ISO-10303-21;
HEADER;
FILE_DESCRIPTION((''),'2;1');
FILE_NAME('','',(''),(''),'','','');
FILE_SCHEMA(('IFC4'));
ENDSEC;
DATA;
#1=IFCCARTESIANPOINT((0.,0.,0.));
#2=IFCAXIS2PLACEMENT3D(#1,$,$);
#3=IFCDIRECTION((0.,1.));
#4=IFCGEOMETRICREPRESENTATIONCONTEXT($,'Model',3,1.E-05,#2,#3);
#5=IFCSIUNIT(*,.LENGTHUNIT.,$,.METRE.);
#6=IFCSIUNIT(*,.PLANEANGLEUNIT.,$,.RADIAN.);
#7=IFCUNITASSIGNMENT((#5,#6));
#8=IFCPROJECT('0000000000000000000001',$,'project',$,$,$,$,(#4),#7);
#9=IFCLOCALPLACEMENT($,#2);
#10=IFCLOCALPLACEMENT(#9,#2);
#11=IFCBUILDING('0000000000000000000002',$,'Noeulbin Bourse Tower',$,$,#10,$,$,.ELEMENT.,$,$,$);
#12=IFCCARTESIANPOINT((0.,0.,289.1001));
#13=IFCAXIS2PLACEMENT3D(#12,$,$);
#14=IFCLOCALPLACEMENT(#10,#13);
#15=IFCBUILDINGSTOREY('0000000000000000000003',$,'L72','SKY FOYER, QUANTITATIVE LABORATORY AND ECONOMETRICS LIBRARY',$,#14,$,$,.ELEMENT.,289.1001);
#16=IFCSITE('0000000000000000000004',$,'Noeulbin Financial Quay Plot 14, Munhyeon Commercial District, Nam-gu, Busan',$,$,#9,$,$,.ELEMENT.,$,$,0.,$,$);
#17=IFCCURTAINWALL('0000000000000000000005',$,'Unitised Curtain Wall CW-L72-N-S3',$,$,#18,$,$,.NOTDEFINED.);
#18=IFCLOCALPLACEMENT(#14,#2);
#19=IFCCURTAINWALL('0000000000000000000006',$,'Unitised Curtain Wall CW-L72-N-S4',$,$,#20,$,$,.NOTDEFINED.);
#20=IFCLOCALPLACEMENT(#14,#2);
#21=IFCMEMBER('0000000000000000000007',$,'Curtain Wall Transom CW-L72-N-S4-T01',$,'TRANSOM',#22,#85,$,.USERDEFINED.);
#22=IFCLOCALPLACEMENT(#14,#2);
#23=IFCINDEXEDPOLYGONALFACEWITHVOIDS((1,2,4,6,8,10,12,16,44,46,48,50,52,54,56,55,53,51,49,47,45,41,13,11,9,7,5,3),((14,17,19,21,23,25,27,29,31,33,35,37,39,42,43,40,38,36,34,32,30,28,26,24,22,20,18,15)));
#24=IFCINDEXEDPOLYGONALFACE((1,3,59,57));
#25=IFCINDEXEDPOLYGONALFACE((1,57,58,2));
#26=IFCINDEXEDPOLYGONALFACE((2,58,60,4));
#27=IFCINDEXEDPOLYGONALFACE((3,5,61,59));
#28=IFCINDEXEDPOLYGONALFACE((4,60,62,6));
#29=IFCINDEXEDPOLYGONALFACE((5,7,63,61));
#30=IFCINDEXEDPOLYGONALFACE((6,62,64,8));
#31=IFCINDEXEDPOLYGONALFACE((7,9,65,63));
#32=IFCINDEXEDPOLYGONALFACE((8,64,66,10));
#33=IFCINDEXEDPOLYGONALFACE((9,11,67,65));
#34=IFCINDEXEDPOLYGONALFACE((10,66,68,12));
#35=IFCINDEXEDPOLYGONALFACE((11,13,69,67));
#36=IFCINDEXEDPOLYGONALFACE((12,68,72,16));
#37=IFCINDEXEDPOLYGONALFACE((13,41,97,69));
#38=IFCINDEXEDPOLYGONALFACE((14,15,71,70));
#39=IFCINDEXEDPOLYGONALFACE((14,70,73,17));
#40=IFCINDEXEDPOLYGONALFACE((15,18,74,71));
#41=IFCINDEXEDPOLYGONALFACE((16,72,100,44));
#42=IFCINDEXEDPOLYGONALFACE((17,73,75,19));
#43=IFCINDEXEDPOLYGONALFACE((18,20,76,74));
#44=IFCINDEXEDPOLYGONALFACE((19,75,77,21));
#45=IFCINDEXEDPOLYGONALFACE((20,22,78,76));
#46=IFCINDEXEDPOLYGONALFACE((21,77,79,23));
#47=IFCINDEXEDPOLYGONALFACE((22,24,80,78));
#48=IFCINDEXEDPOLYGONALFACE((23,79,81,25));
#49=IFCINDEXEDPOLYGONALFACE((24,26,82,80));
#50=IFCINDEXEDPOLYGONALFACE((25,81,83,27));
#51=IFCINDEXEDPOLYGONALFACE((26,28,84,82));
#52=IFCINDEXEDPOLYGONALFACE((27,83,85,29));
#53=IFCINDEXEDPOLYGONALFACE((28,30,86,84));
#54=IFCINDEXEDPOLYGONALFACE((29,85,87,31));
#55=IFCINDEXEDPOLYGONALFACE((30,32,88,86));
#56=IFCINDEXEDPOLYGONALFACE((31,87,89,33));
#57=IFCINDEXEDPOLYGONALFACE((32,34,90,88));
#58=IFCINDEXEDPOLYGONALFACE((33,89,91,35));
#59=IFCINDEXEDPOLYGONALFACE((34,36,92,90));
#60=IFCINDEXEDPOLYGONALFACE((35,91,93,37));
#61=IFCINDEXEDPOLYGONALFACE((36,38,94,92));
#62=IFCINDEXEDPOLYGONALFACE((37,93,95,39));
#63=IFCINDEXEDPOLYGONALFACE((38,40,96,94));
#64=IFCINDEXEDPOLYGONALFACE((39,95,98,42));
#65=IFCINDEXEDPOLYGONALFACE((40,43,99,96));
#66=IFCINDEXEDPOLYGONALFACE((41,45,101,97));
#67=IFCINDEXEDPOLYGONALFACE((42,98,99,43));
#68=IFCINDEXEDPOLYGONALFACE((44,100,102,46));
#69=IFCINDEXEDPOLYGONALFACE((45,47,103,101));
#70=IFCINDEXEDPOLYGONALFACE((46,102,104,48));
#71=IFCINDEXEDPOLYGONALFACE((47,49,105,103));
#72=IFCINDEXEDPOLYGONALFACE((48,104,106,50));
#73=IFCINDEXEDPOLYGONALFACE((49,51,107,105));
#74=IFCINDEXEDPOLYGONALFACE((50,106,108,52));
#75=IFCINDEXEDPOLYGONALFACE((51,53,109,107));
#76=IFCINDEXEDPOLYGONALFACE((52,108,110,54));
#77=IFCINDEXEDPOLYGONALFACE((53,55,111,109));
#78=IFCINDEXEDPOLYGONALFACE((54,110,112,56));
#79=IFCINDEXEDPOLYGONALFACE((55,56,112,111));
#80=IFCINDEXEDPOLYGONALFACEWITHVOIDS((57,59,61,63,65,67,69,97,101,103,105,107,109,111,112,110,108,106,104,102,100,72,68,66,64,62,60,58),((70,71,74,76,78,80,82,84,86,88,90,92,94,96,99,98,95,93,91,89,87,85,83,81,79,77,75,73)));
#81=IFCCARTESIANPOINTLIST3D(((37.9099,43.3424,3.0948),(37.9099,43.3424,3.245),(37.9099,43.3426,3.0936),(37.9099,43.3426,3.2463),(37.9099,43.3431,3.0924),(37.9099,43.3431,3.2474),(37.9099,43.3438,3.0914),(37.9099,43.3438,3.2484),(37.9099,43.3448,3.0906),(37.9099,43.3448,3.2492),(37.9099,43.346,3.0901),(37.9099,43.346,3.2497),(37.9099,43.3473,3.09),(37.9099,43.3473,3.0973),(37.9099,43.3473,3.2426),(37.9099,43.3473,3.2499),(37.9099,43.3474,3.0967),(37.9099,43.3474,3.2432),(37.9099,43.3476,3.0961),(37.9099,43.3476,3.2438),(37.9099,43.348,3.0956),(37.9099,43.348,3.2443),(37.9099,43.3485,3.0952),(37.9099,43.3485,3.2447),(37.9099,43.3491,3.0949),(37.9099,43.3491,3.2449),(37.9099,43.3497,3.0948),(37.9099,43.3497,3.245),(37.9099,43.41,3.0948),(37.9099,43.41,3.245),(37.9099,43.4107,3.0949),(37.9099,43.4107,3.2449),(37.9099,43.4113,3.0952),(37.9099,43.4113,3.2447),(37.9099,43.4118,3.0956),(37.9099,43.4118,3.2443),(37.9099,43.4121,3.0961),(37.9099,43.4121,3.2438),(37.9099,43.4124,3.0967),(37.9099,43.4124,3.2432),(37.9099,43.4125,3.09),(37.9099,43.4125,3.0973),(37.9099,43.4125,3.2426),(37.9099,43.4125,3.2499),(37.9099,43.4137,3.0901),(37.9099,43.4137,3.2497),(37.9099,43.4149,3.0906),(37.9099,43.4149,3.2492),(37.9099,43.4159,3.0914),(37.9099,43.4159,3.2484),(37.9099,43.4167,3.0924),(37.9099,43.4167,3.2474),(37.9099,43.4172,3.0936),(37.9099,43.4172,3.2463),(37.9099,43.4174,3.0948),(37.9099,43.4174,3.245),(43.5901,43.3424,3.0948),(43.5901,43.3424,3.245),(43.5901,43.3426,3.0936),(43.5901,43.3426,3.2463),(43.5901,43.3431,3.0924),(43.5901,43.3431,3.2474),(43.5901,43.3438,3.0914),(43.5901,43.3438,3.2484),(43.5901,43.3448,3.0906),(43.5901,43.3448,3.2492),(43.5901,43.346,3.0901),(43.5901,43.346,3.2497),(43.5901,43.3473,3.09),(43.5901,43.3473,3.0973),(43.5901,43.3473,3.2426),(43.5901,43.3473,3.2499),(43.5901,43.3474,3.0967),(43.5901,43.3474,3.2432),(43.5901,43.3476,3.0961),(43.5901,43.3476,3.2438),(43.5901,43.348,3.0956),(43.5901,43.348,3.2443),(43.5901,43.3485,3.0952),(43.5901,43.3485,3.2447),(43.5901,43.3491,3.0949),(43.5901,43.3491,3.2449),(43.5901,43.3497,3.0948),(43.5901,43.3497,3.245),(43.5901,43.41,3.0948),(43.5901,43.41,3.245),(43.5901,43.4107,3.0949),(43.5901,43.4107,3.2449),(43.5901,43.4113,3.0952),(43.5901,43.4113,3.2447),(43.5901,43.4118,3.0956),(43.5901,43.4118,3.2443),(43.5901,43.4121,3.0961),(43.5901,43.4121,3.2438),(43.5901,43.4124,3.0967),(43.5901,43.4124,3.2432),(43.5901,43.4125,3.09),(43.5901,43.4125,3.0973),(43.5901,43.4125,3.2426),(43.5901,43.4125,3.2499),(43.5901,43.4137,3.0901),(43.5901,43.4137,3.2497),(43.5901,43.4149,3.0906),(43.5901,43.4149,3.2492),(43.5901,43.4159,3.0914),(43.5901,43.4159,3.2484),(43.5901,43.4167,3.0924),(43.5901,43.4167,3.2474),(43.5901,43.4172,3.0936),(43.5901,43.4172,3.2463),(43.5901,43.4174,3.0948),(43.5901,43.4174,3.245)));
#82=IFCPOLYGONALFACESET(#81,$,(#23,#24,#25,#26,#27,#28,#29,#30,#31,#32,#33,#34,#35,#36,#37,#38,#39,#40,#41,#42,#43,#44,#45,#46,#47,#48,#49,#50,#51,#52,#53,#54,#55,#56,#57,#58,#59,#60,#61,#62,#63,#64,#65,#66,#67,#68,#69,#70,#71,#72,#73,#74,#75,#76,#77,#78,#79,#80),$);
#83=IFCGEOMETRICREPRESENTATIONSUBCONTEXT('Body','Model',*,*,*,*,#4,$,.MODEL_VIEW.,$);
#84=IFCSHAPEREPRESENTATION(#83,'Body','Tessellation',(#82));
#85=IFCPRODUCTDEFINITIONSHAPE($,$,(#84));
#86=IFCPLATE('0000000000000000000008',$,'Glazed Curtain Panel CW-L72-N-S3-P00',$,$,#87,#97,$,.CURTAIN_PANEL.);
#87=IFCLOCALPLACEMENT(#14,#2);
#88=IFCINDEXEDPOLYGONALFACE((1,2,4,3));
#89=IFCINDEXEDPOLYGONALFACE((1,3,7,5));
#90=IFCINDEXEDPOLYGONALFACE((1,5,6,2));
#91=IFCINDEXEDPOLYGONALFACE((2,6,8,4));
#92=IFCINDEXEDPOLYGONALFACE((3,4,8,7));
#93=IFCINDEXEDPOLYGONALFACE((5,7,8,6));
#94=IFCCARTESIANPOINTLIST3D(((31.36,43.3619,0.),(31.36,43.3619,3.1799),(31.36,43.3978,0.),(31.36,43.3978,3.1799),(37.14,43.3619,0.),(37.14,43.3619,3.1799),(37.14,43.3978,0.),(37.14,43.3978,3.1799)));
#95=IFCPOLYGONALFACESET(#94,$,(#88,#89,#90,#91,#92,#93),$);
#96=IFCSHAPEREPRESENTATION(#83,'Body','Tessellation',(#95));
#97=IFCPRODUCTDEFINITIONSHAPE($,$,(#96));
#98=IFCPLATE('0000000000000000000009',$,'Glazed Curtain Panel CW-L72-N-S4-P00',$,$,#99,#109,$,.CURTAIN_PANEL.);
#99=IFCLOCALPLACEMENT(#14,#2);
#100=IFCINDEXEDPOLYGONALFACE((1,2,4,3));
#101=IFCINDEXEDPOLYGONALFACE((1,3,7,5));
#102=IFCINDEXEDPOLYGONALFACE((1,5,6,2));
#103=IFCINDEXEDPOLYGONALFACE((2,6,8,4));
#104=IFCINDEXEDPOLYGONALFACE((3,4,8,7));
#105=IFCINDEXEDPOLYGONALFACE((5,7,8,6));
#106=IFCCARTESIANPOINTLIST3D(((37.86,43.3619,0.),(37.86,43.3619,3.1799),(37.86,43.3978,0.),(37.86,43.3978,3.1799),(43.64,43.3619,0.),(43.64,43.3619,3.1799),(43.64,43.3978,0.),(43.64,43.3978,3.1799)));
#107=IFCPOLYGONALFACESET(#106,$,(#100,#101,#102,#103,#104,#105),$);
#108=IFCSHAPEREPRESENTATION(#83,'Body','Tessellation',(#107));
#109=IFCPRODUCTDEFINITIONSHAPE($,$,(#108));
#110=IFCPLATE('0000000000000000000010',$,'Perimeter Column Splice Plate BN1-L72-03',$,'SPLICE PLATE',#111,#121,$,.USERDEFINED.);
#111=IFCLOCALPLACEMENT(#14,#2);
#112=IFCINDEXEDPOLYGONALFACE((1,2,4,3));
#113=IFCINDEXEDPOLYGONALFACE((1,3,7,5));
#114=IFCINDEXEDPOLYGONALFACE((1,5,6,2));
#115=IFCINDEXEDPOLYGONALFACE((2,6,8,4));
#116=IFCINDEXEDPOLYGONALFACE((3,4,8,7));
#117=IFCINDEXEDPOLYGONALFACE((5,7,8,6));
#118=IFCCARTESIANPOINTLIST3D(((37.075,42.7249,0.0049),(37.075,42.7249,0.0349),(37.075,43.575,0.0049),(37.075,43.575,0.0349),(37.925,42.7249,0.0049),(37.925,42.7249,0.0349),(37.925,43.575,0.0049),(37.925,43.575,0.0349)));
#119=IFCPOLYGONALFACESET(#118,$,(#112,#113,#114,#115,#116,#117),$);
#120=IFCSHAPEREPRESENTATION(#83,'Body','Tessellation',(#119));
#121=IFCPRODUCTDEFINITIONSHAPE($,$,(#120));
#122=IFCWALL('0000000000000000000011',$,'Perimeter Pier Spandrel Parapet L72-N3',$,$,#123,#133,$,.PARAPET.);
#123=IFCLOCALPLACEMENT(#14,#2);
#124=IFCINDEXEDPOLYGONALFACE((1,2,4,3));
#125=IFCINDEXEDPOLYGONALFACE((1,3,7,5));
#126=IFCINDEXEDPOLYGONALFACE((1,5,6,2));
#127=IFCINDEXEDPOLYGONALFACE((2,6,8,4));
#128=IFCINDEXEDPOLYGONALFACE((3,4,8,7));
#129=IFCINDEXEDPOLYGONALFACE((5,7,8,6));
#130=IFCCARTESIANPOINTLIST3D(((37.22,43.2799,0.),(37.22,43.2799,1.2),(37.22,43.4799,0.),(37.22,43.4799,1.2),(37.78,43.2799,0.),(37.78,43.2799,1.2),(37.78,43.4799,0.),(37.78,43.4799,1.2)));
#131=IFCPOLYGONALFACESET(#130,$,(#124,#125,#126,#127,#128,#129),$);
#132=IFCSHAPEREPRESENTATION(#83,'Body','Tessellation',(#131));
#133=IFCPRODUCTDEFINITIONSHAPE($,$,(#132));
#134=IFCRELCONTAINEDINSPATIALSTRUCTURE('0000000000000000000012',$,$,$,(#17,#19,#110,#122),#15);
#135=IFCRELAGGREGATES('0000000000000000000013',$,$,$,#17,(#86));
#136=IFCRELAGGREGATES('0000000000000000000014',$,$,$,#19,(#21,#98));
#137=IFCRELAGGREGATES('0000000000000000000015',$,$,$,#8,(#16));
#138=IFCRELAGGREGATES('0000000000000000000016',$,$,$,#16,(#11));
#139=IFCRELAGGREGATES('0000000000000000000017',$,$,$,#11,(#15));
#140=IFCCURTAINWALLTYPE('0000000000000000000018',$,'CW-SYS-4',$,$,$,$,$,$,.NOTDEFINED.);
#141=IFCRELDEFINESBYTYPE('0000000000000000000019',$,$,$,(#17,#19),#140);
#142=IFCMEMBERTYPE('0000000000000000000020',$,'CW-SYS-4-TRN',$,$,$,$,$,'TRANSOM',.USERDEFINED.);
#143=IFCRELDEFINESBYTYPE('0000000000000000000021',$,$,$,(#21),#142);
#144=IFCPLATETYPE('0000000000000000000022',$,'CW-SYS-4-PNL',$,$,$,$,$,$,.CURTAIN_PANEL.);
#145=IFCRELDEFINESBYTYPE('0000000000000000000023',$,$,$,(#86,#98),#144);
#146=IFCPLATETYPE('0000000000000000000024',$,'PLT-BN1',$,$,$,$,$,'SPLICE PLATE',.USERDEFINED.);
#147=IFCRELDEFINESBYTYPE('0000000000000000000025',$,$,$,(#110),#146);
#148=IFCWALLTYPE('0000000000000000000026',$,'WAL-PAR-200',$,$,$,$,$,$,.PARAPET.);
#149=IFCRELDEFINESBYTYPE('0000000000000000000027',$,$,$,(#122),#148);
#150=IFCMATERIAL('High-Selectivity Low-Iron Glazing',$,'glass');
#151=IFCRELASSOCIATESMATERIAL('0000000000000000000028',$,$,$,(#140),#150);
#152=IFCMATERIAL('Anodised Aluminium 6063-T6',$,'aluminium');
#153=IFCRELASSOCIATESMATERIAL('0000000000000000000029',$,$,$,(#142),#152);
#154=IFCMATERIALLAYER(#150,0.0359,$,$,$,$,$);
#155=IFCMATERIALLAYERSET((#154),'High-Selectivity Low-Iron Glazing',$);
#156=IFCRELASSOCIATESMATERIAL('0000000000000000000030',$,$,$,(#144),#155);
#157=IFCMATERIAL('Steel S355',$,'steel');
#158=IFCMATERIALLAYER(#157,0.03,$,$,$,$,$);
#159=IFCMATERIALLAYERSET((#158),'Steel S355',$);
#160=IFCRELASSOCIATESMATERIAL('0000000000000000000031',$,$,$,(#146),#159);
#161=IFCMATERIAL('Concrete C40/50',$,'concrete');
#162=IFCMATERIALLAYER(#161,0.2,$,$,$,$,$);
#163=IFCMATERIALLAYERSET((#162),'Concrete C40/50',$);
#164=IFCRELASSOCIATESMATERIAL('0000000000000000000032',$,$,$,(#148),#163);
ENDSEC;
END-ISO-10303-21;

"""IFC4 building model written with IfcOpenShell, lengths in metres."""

from ifc_helpers import new_model, si_unit, direction, frame, frame_2d, origin, origin_2d, place, context, subcontext, project, spatial, rectangle, hollow_rectangle, extrude, material, layer, layer_set, material_profile, profile_set, type_object, element, aggregate, save


model = new_model("IFC4")

# Units and contexts
model_context = context("Model", 3, precision=1e-05, world=origin(), true_north=direction((0.0, 1.0)))
body_context = subcontext(model_context, "Body", "Model", "MODEL_VIEW")
ifc_project = project(units=[si_unit("LENGTHUNIT", "METRE"), si_unit("PLANEANGLEUNIT", "RADIAN")], contexts=[model_context])

# Site, building, storey
site_placement = place(None, origin())
site = spatial("IfcSite", under=ifc_project, at=site_placement, Name="Noeulbin Financial Quay Plot 14, Munhyeon Commercial District, Nam-gu, Busan", CompositionType="ELEMENT", RefElevation=0.0)
building_placement = place(site_placement, origin())
building = spatial("IfcBuilding", under=site, at=building_placement, Name="Noeulbin Bourse Tower", CompositionType="ELEMENT")
storey_placement = place(building_placement, frame((0.0, 0.0, 289.1001)))
storey = spatial("IfcBuildingStorey", under=building, at=storey_placement, Name="L72", Description="SKY FOYER, QUANTITATIVE LABORATORY AND ECONOMETRICS LIBRARY", CompositionType="ELEMENT", Elevation=289.1001)

# Shared definitions
ifc_material_1 = material(Name="Steel S355", Category="steel")

# Curtain wall
ifc_material_2 = material(Name="High-Selectivity Low-Iron Glazing", Category="glass")
curtain_wall_type = type_object("IfcCurtainWallType", Name="CW-SYS-4", PredefinedType="NOTDEFINED", material=ifc_material_2)
curtain_wall_1_placement = place(storey_placement, origin())
curtain_wall_1 = element("IfcCurtainWall", 1, at=curtain_wall_1_placement, inside=storey, type_object=curtain_wall_type, Name="Unitised Curtain Wall CW-L72-N-S3", PredefinedType="NOTDEFINED")
ifc_material_3 = material(Name="Anodised Aluminium 6063-T6", Category="aluminium")

# Curtain wall, member
curtain_wall_2_placement = place(storey_placement, origin())
curtain_wall_2 = element("IfcCurtainWall", 2, at=curtain_wall_2_placement, inside=storey, type_object=curtain_wall_type, Name="Unitised Curtain Wall CW-L72-N-S4", PredefinedType="NOTDEFINED")
ifc_material_profile_1 = material_profile(ifc_material_3, hollow_rectangle(XDim=0.075, YDim=0.1599, WallThickness=0.0049, InnerFilletRadius=0.0024, OuterFilletRadius=0.0049, at=origin_2d()), Name="ALU-TRAN-75x160x5", Category="LoadBearing")
ifc_profile_set_1 = profile_set([ifc_material_profile_1], Name="Anodised Aluminium 6063-T6")
member_type_1 = type_object("IfcMemberType", Name="CW-SYS-4-TRN", ElementType="TRANSOM", PredefinedType="USERDEFINED", material=ifc_profile_set_1)
member_1_placement = place(storey_placement, frame((37.9099, 43.3799, 3.1699), z_axis=(1.0, 0.0, 0.0), x_axis=(0.0, 1.0, 0.0)))
member_1 = element("IfcMember", 3, at=member_1_placement, type_object=member_type_1, Name="Curtain Wall Transom CW-L72-N-S4-T01", ObjectType="TRANSOM", PredefinedType="USERDEFINED", context=body_context, shape_type="SweptSolid", body=[
    extrude(hollow_rectangle(XDim=0.075, YDim=0.1599, WallThickness=0.0049, InnerFilletRadius=0.0024, OuterFilletRadius=0.0049, at=origin_2d()), origin(), (0.0, 0.0, 1.0), 5.6802),
])

# Plates
ifc_layer_1 = layer(ifc_material_2, 0.0359)
ifc_layer_set_1 = layer_set([ifc_layer_1], Name="High-Selectivity Low-Iron Glazing")
plate_type_1 = type_object("IfcPlateType", Name="CW-SYS-4-PNL", PredefinedType="CURTAIN_PANEL", material=ifc_layer_set_1)
plate_1_placement = place(storey_placement, frame((34.25, 43.3799, 0.0), z_axis=(0.0, 0.0, 1.0), x_axis=(1.0, 0.0, 0.0)))
plate_1 = element("IfcPlate", 4, at=plate_1_placement, type_object=plate_type_1, Name="Glazed Curtain Panel CW-L72-N-S3-P00", PredefinedType="CURTAIN_PANEL", context=body_context, shape_type="SweptSolid", body=[
    extrude(rectangle(XDim=5.78, YDim=0.0359, at=origin_2d()), origin(), (0.0, 0.0, 1.0), 3.1799),
])
aggregate(curtain_wall_1, [plate_1])
plate_2_placement = place(storey_placement, frame((40.75, 43.3799, 0.0), z_axis=(0.0, 0.0, 1.0), x_axis=(1.0, 0.0, 0.0)))
plate_2 = element("IfcPlate", 5, at=plate_2_placement, type_object=plate_type_1, Name="Glazed Curtain Panel CW-L72-N-S4-P00", PredefinedType="CURTAIN_PANEL", context=body_context, shape_type="SweptSolid", body=[
    extrude(rectangle(XDim=5.78, YDim=0.0359, at=origin_2d()), origin(), (0.0, 0.0, 1.0), 3.1799),
])
aggregate(curtain_wall_2, [member_1, plate_2])
ifc_layer_2 = layer(ifc_material_1, 0.03)
ifc_layer_set_2 = layer_set([ifc_layer_2], Name="Steel S355")
plate_type_2 = type_object("IfcPlateType", Name="PLT-BN1", ElementType="SPLICE PLATE", PredefinedType="USERDEFINED", material=ifc_layer_set_2)
plate_3_placement = place(storey_placement, frame((37.5, 43.1499, 0.0049), z_axis=(0.0, 0.0, 1.0), x_axis=(1.0, 0.0, 0.0)))
element("IfcPlate", 6, at=plate_3_placement, inside=storey, type_object=plate_type_2, Name="Perimeter Column Splice Plate BN1-L72-03", ObjectType="SPLICE PLATE", PredefinedType="USERDEFINED", context=body_context, shape_type="SweptSolid", body=[
    extrude(rectangle(XDim=0.8501, YDim=0.8501, at=origin_2d()), origin(), (0.0, 0.0, 1.0), 0.03),
])

# Wall
ifc_material_4 = material(Name="Concrete C40/50", Category="concrete")
ifc_layer_3 = layer(ifc_material_4, 0.2)
ifc_layer_set_3 = layer_set([ifc_layer_3], Name="Concrete C40/50")
wall_type = type_object("IfcWallType", Name="WAL-PAR-200", PredefinedType="PARAPET", material=ifc_layer_set_3)
wall_placement = place(storey_placement, frame((37.22, 43.3799, 0.0), z_axis=(0.0, 0.0, 1.0), x_axis=(1.0, 0.0, 0.0)))
element("IfcWall", 7, at=wall_placement, inside=storey, type_object=wall_type, Name="Perimeter Pier Spandrel Parapet L72-N3", PredefinedType="PARAPET", context=body_context, shape_type="SweptSolid", body=[
    extrude(rectangle(XDim=0.5601, YDim=0.2, at=frame_2d((0.28, 0.0))), origin(), (0.0, 0.0, 1.0), 1.2),
])

save(model, "model.ifc")
